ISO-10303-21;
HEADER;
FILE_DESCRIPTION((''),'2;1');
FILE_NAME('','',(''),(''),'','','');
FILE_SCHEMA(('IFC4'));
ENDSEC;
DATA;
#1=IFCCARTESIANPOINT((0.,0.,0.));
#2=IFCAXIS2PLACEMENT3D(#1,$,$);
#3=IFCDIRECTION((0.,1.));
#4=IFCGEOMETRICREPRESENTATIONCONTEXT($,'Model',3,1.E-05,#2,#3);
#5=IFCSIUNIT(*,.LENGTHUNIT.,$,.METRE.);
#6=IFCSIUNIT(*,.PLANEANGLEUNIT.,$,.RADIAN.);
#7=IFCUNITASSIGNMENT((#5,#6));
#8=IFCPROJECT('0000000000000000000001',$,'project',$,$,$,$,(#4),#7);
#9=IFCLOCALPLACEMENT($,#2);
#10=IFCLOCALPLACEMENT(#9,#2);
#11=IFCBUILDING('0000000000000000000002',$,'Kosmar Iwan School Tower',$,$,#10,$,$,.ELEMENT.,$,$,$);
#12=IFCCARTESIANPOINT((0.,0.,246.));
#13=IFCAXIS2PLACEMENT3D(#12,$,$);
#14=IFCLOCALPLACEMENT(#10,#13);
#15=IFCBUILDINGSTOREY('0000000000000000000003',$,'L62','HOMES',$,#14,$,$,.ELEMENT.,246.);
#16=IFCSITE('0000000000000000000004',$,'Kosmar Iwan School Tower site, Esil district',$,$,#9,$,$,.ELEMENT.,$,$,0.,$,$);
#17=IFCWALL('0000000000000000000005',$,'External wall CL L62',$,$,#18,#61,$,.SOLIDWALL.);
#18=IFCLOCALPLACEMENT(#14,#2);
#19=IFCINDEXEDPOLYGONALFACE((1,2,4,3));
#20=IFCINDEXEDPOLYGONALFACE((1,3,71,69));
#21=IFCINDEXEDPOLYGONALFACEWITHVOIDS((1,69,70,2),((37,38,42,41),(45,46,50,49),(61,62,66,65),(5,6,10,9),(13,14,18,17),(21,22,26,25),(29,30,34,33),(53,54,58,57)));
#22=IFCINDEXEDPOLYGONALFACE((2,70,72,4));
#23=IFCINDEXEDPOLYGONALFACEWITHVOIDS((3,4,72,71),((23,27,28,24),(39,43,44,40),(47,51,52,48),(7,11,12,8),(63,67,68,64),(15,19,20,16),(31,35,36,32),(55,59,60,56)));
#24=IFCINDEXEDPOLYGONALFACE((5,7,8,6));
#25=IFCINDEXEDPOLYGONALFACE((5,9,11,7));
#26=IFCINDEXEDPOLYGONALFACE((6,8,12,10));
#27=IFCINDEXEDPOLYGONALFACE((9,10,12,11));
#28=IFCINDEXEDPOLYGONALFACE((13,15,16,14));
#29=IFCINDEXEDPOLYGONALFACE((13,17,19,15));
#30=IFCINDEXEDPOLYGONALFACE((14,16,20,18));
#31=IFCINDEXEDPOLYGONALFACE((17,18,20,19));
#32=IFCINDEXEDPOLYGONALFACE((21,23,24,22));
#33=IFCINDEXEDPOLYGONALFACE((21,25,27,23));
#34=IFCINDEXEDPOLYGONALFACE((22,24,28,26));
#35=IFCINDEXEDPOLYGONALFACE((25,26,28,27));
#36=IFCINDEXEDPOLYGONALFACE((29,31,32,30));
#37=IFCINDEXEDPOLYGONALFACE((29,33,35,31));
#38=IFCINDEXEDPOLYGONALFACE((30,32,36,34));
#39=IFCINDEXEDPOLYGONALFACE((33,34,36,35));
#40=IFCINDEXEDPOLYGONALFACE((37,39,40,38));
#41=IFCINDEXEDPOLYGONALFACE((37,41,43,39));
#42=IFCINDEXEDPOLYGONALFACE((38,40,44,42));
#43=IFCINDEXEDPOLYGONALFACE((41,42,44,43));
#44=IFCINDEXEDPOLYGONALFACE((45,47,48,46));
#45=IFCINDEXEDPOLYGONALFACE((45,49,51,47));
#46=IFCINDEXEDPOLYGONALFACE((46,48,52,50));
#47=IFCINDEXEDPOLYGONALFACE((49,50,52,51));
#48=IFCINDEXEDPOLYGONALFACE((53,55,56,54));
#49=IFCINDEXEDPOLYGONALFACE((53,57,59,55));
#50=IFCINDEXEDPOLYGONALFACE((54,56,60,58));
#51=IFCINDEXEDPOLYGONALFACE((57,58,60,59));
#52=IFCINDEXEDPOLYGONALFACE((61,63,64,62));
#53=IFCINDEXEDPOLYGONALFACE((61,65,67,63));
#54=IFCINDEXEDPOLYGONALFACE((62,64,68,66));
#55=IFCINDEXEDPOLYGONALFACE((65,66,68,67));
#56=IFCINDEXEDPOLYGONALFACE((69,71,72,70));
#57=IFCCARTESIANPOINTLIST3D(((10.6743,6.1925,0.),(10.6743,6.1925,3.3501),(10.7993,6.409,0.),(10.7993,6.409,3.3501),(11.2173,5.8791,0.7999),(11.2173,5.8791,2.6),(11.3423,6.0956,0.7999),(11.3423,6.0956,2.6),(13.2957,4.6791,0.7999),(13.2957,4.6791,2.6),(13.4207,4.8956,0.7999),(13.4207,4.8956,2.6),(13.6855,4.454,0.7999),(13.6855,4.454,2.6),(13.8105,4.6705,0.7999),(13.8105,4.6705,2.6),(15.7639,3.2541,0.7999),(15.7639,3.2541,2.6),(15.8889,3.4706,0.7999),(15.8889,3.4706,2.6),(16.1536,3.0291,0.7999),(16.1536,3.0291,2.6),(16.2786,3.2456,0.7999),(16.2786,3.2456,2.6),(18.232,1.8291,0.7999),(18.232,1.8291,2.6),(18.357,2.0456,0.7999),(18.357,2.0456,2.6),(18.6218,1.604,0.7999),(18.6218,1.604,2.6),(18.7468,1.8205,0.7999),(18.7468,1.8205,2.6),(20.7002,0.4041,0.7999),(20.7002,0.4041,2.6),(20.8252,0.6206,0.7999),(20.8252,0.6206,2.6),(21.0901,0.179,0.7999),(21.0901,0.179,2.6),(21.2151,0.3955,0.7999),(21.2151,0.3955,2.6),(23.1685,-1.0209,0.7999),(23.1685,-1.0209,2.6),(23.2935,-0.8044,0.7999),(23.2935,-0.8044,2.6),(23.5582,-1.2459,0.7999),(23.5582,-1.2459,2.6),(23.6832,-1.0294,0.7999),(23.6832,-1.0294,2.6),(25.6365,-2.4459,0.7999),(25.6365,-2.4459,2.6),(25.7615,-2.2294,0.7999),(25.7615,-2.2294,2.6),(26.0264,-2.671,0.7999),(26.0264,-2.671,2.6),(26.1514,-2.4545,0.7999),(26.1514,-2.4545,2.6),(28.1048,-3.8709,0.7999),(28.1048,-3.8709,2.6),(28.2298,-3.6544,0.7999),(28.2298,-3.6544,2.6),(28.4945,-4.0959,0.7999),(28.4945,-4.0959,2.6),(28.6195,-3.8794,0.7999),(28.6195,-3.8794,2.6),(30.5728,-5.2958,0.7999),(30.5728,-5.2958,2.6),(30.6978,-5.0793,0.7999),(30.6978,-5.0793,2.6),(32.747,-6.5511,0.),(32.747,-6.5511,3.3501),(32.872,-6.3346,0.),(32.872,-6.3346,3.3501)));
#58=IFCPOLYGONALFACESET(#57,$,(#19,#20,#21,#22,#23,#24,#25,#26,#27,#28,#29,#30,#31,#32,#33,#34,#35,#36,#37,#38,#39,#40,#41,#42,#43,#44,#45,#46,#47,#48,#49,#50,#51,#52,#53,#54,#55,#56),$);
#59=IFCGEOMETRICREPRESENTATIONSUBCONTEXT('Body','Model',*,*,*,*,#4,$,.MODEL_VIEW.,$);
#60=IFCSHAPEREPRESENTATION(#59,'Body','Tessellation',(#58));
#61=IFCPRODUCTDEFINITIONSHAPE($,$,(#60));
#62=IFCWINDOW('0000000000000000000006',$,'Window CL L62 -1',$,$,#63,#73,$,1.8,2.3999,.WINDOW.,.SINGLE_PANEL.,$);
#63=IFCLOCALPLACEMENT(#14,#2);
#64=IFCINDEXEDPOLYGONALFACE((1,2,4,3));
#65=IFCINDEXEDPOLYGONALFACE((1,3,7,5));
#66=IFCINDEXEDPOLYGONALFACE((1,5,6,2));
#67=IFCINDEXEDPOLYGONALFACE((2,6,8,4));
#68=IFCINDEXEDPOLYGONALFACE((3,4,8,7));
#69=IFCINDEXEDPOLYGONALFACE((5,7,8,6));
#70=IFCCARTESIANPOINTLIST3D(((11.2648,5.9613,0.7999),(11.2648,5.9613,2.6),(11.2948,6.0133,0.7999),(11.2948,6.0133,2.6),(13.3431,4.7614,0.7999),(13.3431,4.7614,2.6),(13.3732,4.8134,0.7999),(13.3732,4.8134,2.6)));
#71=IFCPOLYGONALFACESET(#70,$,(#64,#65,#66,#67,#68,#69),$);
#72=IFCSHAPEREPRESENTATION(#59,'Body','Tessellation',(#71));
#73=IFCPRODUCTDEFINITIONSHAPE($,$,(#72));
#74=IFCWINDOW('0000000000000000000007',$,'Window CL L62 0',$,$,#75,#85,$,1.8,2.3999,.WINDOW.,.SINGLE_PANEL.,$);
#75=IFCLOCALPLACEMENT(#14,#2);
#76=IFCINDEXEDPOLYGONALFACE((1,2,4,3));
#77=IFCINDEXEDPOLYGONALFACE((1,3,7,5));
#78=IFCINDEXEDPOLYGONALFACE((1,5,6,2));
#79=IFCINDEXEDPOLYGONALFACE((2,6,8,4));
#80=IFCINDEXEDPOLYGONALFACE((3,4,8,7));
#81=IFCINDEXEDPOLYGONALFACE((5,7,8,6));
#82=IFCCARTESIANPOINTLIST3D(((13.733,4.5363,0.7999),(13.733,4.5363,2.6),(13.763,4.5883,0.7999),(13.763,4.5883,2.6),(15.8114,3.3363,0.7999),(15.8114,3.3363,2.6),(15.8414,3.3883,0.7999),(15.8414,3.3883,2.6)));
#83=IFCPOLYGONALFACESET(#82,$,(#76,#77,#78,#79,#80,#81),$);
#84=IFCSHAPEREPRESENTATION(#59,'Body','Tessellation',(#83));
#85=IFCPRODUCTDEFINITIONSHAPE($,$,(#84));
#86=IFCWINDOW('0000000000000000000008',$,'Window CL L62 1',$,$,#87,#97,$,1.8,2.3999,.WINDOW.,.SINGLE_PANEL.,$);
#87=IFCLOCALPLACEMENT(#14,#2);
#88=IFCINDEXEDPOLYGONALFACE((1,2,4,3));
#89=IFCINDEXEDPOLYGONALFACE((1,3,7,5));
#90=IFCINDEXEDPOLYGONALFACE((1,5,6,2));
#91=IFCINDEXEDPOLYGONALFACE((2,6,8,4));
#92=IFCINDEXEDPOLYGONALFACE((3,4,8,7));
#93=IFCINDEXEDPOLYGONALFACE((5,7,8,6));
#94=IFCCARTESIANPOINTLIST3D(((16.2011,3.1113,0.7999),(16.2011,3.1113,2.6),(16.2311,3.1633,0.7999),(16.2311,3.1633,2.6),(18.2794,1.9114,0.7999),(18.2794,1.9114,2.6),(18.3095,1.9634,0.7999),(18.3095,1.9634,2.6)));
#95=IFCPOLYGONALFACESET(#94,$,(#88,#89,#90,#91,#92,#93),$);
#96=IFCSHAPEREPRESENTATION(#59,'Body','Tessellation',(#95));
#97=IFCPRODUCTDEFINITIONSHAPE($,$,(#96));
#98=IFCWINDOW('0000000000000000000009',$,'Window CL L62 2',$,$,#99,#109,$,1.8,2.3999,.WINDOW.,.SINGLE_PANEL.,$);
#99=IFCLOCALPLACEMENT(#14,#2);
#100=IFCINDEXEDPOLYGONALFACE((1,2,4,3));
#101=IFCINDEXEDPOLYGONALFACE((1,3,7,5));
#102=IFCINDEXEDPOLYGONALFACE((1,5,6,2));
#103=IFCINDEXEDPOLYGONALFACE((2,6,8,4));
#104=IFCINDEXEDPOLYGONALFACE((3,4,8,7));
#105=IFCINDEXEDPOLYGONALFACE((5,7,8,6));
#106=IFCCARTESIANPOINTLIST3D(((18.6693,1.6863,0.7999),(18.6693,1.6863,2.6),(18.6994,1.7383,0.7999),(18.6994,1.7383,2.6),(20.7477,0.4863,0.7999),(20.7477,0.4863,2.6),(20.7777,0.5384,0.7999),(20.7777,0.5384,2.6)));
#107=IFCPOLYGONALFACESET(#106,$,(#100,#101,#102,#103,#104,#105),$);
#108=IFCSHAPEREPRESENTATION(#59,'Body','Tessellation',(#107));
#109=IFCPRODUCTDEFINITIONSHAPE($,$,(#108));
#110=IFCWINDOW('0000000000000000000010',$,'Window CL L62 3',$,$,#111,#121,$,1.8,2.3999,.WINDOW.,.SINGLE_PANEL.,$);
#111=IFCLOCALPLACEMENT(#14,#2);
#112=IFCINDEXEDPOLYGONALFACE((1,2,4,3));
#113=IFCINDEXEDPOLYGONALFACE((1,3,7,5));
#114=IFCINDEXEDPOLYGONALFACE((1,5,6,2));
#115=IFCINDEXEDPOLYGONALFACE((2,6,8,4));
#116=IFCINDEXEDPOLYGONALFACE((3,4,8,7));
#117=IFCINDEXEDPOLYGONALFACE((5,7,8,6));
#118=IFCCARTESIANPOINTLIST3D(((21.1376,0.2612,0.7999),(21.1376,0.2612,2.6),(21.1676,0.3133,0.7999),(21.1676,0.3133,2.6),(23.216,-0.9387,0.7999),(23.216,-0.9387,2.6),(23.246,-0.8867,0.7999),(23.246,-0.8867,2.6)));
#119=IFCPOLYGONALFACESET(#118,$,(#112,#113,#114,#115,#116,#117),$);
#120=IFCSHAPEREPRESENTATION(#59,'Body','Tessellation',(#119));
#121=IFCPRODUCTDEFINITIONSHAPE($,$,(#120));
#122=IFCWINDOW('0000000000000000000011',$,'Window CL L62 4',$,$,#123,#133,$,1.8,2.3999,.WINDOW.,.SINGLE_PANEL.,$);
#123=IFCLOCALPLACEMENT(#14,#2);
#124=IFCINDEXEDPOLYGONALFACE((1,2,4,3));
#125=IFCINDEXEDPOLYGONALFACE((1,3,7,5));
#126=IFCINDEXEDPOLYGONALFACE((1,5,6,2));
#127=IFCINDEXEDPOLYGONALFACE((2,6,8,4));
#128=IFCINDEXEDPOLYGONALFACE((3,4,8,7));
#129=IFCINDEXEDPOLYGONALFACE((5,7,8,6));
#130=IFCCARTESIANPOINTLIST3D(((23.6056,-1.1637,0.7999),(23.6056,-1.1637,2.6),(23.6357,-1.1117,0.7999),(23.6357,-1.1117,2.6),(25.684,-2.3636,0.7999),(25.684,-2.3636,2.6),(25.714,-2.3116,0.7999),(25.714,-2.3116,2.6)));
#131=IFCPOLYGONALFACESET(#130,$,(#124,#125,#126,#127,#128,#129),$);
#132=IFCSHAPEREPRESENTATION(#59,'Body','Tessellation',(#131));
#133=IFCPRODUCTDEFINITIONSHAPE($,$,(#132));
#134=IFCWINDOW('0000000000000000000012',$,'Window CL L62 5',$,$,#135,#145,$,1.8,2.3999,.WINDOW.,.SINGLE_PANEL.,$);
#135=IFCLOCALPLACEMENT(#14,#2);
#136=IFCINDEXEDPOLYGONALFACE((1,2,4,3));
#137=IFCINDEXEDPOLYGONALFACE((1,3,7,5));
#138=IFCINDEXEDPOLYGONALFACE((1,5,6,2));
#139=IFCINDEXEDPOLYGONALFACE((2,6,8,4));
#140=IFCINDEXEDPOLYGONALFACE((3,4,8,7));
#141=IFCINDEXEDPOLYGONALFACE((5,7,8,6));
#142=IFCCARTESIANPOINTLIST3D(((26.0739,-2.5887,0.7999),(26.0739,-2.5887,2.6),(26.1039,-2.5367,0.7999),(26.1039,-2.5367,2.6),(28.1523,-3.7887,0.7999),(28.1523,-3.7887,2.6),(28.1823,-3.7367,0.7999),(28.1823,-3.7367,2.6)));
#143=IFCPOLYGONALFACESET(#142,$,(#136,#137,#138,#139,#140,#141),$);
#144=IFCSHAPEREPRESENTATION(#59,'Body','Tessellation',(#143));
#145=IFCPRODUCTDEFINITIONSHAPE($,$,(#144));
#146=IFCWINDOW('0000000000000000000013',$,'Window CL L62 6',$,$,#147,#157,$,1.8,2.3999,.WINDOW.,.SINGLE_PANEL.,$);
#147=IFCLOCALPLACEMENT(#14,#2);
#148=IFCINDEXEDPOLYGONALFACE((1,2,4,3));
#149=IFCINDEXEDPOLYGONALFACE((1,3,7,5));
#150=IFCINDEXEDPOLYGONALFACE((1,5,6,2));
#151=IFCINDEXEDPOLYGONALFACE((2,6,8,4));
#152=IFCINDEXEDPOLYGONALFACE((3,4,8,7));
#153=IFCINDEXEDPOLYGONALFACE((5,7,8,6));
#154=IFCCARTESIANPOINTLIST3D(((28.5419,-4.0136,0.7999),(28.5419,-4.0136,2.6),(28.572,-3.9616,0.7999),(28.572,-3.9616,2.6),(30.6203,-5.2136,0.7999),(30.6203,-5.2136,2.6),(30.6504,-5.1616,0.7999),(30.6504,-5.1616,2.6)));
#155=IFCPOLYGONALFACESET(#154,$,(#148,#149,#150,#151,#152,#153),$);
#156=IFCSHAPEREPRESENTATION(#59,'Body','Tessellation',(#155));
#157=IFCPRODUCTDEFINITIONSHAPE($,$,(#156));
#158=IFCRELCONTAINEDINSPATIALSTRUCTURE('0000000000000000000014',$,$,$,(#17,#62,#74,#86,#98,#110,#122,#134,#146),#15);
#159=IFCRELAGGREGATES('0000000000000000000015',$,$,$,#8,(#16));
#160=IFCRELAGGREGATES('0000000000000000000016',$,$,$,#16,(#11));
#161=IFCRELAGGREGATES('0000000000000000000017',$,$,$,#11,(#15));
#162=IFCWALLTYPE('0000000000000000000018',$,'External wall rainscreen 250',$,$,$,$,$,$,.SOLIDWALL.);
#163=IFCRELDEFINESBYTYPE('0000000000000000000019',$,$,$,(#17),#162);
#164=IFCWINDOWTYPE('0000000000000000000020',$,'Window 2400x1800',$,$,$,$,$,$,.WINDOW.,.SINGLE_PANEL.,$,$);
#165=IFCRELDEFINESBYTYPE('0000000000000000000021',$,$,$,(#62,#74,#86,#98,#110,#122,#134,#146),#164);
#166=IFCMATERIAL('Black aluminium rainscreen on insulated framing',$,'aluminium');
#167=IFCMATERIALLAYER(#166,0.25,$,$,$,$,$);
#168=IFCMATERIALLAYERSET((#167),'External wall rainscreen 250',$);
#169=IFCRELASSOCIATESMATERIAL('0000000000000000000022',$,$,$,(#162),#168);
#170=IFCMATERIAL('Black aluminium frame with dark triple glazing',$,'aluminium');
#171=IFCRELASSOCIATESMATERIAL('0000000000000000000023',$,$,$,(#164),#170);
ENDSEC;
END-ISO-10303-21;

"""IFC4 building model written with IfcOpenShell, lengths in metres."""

from ifc_helpers import new_model, si_unit, direction, frame, frame_2d, origin, place, context, subcontext, project, spatial, rectangle, extrude, material, layer, layer_set, type_object, element, fill, save


model = new_model("IFC4")

# Units and contexts
model_context = context("Model", 3, precision=1e-05, world=origin(), true_north=direction((0.0, 1.0)))
body_context = subcontext(model_context, "Body", "Model", "MODEL_VIEW")
ifc_project = project(units=[si_unit("LENGTHUNIT", "METRE"), si_unit("PLANEANGLEUNIT", "RADIAN")], contexts=[model_context])

# Site, building, storey
site_placement = place(None, origin())
site = spatial("IfcSite", under=ifc_project, at=site_placement, Name="Kosmar Iwan School Tower site, Esil district", CompositionType="ELEMENT", RefElevation=0.0)
building_placement = place(site_placement, origin())
building = spatial("IfcBuilding", under=site, at=building_placement, Name="Kosmar Iwan School Tower", CompositionType="ELEMENT")
storey_placement = place(building_placement, frame((0.0, 0.0, 246.0)))
storey = spatial("IfcBuildingStorey", under=building, at=storey_placement, Name="L62", Description="HOMES", CompositionType="ELEMENT", Elevation=246.0)

# Wall, openings, windows
ifc_material_1 = material(Name="Black aluminium rainscreen on insulated framing", Category="aluminium")
ifc_layer_1 = layer(ifc_material_1, 0.25)
ifc_layer_set_1 = layer_set([ifc_layer_1], Name="External wall rainscreen 250")
wall_type_1 = type_object("IfcWallType", Name="External wall rainscreen 250", PredefinedType="SOLIDWALL", material=ifc_layer_set_1)
wall_1_placement = place(storey_placement, frame((10.7368, 6.3008, 0.0), z_axis=(0.0, 0.0, 1.0), x_axis=(0.866026, -0.499998, 0.0)))
wall_1 = element("IfcWall", 1, at=wall_1_placement, inside=storey, type_object=wall_type_1, Name="External wall CL L62", PredefinedType="SOLIDWALL", context=body_context, shape_type="SweptSolid", body=[
    extrude(rectangle(XDim=25.4873, YDim=0.25, at=frame_2d((12.7437, 0.0))), origin(), (0.0, 0.0, 1.0), 3.3501),
])
opening_1_placement = place(wall_1_placement, frame((0.627, 0.0, 0.8)))
opening_1 = element("IfcOpeningElement", 2, at=opening_1_placement, cuts=wall_1, PredefinedType="OPENING", context=body_context, shape_type="SweptSolid", body=[
    extrude(rectangle(XDim=2.3999, YDim=1.8, at=frame_2d((1.2, 0.8999))), frame((0.0, 0.137, 0.0), z_axis=(0.0, -1.0, 0.0), x_axis=(1.0, 0.0, 0.0)), (0.0, 0.0, 1.0), 0.2739),
])
opening_2_placement = place(wall_1_placement, frame((3.4771, 0.0, 0.8)))
opening_2 = element("IfcOpeningElement", 3, at=opening_2_placement, cuts=wall_1, PredefinedType="OPENING", context=body_context, shape_type="SweptSolid", body=[
    extrude(rectangle(XDim=2.3999, YDim=1.8, at=frame_2d((1.2, 0.8999))), frame((0.0, 0.137, 0.0), z_axis=(0.0, -1.0, 0.0), x_axis=(1.0, 0.0, 0.0)), (0.0, 0.0, 1.0), 0.2739),
])
opening_3_placement = place(wall_1_placement, frame((6.3269, 0.0, 0.8)))
opening_3 = element("IfcOpeningElement", 4, at=opening_3_placement, cuts=wall_1, PredefinedType="OPENING", context=body_context, shape_type="SweptSolid", body=[
    extrude(rectangle(XDim=2.3999, YDim=1.8, at=frame_2d((1.2, 0.8999))), frame((0.0, 0.137, 0.0), z_axis=(0.0, -1.0, 0.0), x_axis=(1.0, 0.0, 0.0)), (0.0, 0.0, 1.0), 0.2739),
])
opening_4_placement = place(wall_1_placement, frame((9.177, 0.0, 0.8)))
opening_4 = element("IfcOpeningElement", 5, at=opening_4_placement, cuts=wall_1, PredefinedType="OPENING", context=body_context, shape_type="SweptSolid", body=[
    extrude(rectangle(XDim=2.3999, YDim=1.8, at=frame_2d((1.2, 0.8999))), frame((0.0, 0.137, 0.0), z_axis=(0.0, -1.0, 0.0), x_axis=(1.0, 0.0, 0.0)), (0.0, 0.0, 1.0), 0.2739),
])
opening_5_placement = place(wall_1_placement, frame((12.0271, 0.0, 0.8)))
opening_5 = element("IfcOpeningElement", 6, at=opening_5_placement, cuts=wall_1, PredefinedType="OPENING", context=body_context, shape_type="SweptSolid", body=[
    extrude(rectangle(XDim=2.3999, YDim=1.8, at=frame_2d((1.2, 0.8999))), frame((0.0, 0.137, 0.0), z_axis=(0.0, -1.0, 0.0), x_axis=(1.0, 0.0, 0.0)), (0.0, 0.0, 1.0), 0.2739),
])
opening_6_placement = place(wall_1_placement, frame((14.877, 0.0, 0.8)))
opening_6 = element("IfcOpeningElement", 7, at=opening_6_placement, cuts=wall_1, PredefinedType="OPENING", context=body_context, shape_type="SweptSolid", body=[
    extrude(rectangle(XDim=2.3999, YDim=1.8, at=frame_2d((1.2, 0.8999))), frame((0.0, 0.137, 0.0), z_axis=(0.0, -1.0, 0.0), x_axis=(1.0, 0.0, 0.0)), (0.0, 0.0, 1.0), 0.2739),
])
opening_7_placement = place(wall_1_placement, frame((17.7271, 0.0, 0.8)))
opening_7 = element("IfcOpeningElement", 8, at=opening_7_placement, cuts=wall_1, PredefinedType="OPENING", context=body_context, shape_type="SweptSolid", body=[
    extrude(rectangle(XDim=2.3999, YDim=1.8, at=frame_2d((1.2, 0.8999))), frame((0.0, 0.137, 0.0), z_axis=(0.0, -1.0, 0.0), x_axis=(1.0, 0.0, 0.0)), (0.0, 0.0, 1.0), 0.2739),
])
opening_8_placement = place(wall_1_placement, frame((20.5769, 0.0, 0.8)))
opening_8 = element("IfcOpeningElement", 9, at=opening_8_placement, cuts=wall_1, PredefinedType="OPENING", context=body_context, shape_type="SweptSolid", body=[
    extrude(rectangle(XDim=2.3999, YDim=1.8, at=frame_2d((1.2, 0.8999))), frame((0.0, 0.137, 0.0), z_axis=(0.0, -1.0, 0.0), x_axis=(1.0, 0.0, 0.0)), (0.0, 0.0, 1.0), 0.2739),
])
ifc_material_2 = material(Name="Black aluminium frame with dark triple glazing", Category="aluminium")
window_type = type_object("IfcWindowType", Name="Window 2400x1800", PartitioningType="SINGLE_PANEL", PredefinedType="WINDOW", material=ifc_material_2)
window_1_placement = place(opening_1_placement, origin())
window_1 = element("IfcWindow", 10, at=window_1_placement, inside=storey, type_object=window_type, Name="Window CL L62 -1", OverallHeight=1.8, OverallWidth=2.3999, PartitioningType="SINGLE_PANEL", PredefinedType="WINDOW", context=body_context, shape_type="SweptSolid", body=[
    extrude(rectangle(XDim=2.3999, YDim=1.8, at=frame_2d((1.2, 0.8999))), frame((0.0, 0.03, 0.0), z_axis=(0.0, -1.0, 0.0), x_axis=(1.0, 0.0, 0.0)), (0.0, 0.0, 1.0), 0.0601),
])
fill(opening_1, window_1)
window_2_placement = place(opening_2_placement, origin())
window_2 = element("IfcWindow", 11, at=window_2_placement, inside=storey, type_object=window_type, Name="Window CL L62 0", OverallHeight=1.8, OverallWidth=2.3999, PartitioningType="SINGLE_PANEL", PredefinedType="WINDOW", context=body_context, shape_type="SweptSolid", body=[
    extrude(rectangle(XDim=2.3999, YDim=1.8, at=frame_2d((1.2, 0.8999))), frame((0.0, 0.03, 0.0), z_axis=(0.0, -1.0, 0.0), x_axis=(1.0, 0.0, 0.0)), (0.0, 0.0, 1.0), 0.0601),
])
fill(opening_2, window_2)
window_3_placement = place(opening_3_placement, origin())
window_3 = element("IfcWindow", 12, at=window_3_placement, inside=storey, type_object=window_type, Name="Window CL L62 1", OverallHeight=1.8, OverallWidth=2.3999, PartitioningType="SINGLE_PANEL", PredefinedType="WINDOW", context=body_context, shape_type="SweptSolid", body=[
    extrude(rectangle(XDim=2.3999, YDim=1.8, at=frame_2d((1.2, 0.8999))), frame((0.0, 0.03, 0.0), z_axis=(0.0, -1.0, 0.0), x_axis=(1.0, 0.0, 0.0)), (0.0, 0.0, 1.0), 0.0601),
])
fill(opening_3, window_3)
window_4_placement = place(opening_4_placement, origin())
window_4 = element("IfcWindow", 13, at=window_4_placement, inside=storey, type_object=window_type, Name="Window CL L62 2", OverallHeight=1.8, OverallWidth=2.3999, PartitioningType="SINGLE_PANEL", PredefinedType="WINDOW", context=body_context, shape_type="SweptSolid", body=[
    extrude(rectangle(XDim=2.3999, YDim=1.8, at=frame_2d((1.2, 0.8999))), frame((0.0, 0.03, 0.0), z_axis=(0.0, -1.0, 0.0), x_axis=(1.0, 0.0, 0.0)), (0.0, 0.0, 1.0), 0.0601),
])
fill(opening_4, window_4)
window_5_placement = place(opening_5_placement, origin())
window_5 = element("IfcWindow", 14, at=window_5_placement, inside=storey, type_object=window_type, Name="Window CL L62 3", OverallHeight=1.8, OverallWidth=2.3999, PartitioningType="SINGLE_PANEL", PredefinedType="WINDOW", context=body_context, shape_type="SweptSolid", body=[
    extrude(rectangle(XDim=2.3999, YDim=1.8, at=frame_2d((1.2, 0.8999))), frame((0.0, 0.03, 0.0), z_axis=(0.0, -1.0, 0.0), x_axis=(1.0, 0.0, 0.0)), (0.0, 0.0, 1.0), 0.0601),
])
fill(opening_5, window_5)
window_6_placement = place(opening_6_placement, origin())
window_6 = element("IfcWindow", 15, at=window_6_placement, inside=storey, type_object=window_type, Name="Window CL L62 4", OverallHeight=1.8, OverallWidth=2.3999, PartitioningType="SINGLE_PANEL", PredefinedType="WINDOW", context=body_context, shape_type="SweptSolid", body=[
    extrude(rectangle(XDim=2.3999, YDim=1.8, at=frame_2d((1.2, 0.8999))), frame((0.0, 0.03, 0.0), z_axis=(0.0, -1.0, 0.0), x_axis=(1.0, 0.0, 0.0)), (0.0, 0.0, 1.0), 0.0601),
])
fill(opening_6, window_6)
window_7_placement = place(opening_7_placement, origin())
window_7 = element("IfcWindow", 16, at=window_7_placement, inside=storey, type_object=window_type, Name="Window CL L62 5", OverallHeight=1.8, OverallWidth=2.3999, PartitioningType="SINGLE_PANEL", PredefinedType="WINDOW", context=body_context, shape_type="SweptSolid", body=[
    extrude(rectangle(XDim=2.3999, YDim=1.8, at=frame_2d((1.2, 0.8999))), frame((0.0, 0.03, 0.0), z_axis=(0.0, -1.0, 0.0), x_axis=(1.0, 0.0, 0.0)), (0.0, 0.0, 1.0), 0.0601),
])
fill(opening_7, window_7)
window_8_placement = place(opening_8_placement, origin())
window_8 = element("IfcWindow", 17, at=window_8_placement, inside=storey, type_object=window_type, Name="Window CL L62 6", OverallHeight=1.8, OverallWidth=2.3999, PartitioningType="SINGLE_PANEL", PredefinedType="WINDOW", context=body_context, shape_type="SweptSolid", body=[
    extrude(rectangle(XDim=2.3999, YDim=1.8, at=frame_2d((1.2, 0.8999))), frame((0.0, 0.03, 0.0), z_axis=(0.0, -1.0, 0.0), x_axis=(1.0, 0.0, 0.0)), (0.0, 0.0, 1.0), 0.0601),
])
fill(opening_8, window_8)

save(model, "model.ifc")
